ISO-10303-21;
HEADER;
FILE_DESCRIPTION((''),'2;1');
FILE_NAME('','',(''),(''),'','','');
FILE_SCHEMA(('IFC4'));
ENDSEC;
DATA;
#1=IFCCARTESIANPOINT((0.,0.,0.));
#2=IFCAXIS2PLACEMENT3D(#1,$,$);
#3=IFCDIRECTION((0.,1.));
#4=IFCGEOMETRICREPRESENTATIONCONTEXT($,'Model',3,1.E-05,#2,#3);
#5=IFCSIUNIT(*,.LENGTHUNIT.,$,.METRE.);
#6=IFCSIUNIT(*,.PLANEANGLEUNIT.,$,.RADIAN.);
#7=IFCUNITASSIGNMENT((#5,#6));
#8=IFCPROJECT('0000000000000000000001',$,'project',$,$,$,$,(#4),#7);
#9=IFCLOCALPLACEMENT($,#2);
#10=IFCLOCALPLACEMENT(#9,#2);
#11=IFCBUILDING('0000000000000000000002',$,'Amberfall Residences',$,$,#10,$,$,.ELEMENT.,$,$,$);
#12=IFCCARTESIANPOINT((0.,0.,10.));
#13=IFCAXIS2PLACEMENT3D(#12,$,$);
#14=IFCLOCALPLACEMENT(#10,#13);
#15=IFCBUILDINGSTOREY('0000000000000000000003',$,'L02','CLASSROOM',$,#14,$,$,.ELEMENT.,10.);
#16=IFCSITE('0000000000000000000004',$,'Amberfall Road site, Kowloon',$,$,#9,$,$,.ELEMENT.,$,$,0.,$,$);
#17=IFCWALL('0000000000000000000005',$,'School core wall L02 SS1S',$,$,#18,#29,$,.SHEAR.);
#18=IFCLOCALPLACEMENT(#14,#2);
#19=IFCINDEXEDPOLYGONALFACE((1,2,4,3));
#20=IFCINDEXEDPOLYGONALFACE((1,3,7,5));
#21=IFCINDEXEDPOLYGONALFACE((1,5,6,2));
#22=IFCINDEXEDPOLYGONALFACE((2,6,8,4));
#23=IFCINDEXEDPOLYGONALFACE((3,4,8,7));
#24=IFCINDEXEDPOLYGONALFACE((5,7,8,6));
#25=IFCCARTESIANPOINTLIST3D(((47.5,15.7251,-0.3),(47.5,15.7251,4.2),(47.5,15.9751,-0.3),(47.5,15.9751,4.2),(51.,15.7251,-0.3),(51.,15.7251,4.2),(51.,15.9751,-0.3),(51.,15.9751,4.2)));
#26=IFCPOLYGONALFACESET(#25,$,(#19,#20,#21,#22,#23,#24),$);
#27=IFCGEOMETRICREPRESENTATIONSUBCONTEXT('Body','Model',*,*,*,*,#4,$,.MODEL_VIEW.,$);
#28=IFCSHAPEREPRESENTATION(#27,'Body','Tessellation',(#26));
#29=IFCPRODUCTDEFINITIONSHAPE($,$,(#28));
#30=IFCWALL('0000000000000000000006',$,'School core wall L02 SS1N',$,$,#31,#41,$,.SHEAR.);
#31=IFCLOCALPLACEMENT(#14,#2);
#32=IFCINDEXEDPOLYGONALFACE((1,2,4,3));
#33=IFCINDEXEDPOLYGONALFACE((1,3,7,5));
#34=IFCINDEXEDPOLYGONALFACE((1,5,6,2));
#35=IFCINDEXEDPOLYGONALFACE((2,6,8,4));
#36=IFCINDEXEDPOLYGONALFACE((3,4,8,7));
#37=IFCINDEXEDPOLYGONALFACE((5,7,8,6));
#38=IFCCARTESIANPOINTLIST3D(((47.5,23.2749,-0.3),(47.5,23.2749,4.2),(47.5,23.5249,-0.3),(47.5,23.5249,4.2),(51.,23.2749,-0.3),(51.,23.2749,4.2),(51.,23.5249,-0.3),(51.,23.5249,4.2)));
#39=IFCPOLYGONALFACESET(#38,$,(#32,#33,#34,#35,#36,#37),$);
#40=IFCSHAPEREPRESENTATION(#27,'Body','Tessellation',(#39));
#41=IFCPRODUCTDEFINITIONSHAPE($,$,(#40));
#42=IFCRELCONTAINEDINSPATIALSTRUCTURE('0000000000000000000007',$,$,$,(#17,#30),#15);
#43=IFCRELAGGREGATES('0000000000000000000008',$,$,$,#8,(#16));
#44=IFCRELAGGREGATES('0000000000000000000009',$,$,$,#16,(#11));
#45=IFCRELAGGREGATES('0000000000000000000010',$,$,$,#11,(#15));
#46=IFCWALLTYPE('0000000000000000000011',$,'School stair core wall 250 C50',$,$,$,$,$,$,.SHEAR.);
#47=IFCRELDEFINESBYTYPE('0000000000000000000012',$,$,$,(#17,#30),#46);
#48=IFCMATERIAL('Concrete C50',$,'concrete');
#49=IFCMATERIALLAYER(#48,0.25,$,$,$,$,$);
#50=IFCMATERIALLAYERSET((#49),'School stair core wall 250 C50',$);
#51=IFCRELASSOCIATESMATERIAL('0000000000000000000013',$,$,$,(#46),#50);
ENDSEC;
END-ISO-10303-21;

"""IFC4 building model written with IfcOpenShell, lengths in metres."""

from ifc_helpers import new_model, si_unit, direction, frame, frame_2d, origin, place, context, subcontext, project, spatial, rectangle, extrude, material, layer, layer_set, type_object, element, save


model = new_model("IFC4")

# Units and contexts
model_context = context("Model", 3, precision=1e-05, world=origin(), true_north=direction((0.0, 1.0)))
body_context = subcontext(model_context, "Body", "Model", "MODEL_VIEW")
ifc_project = project(units=[si_unit("LENGTHUNIT", "METRE"), si_unit("PLANEANGLEUNIT", "RADIAN")], contexts=[model_context])

# Site, building, storey
site_placement = place(None, origin())
site = spatial("IfcSite", under=ifc_project, at=site_placement, Name="Amberfall Road site, Kowloon", CompositionType="ELEMENT", RefElevation=0.0)
building_placement = place(site_placement, origin())
building = spatial("IfcBuilding", under=site, at=building_placement, Name="Amberfall Residences", CompositionType="ELEMENT")
storey_placement = place(building_placement, frame((0.0, 0.0, 10.0)))
storey = spatial("IfcBuildingStorey", under=building, at=storey_placement, Name="L02", Description="CLASSROOM", CompositionType="ELEMENT", Elevation=10.0)

# Shared definitions
ifc_material_1 = material(Name="Concrete C50", Category="concrete")
ifc_layer_1 = layer(ifc_material_1, 0.25)
ifc_layer_set_1 = layer_set([ifc_layer_1], Name="School stair core wall 250 C50")
wall_type_1 = type_object("IfcWallType", Name="School stair core wall 250 C50", PredefinedType="SHEAR", material=ifc_layer_set_1)

# Walls
for number, where, z_axis, x_axis, name in (
    (1, (47.5, 15.8501, -0.3), (0.0, 0.0, 1.0), (1.0, 0.0, 0.0), "School core wall L02 SS1S"),
    (2, (47.5, 23.3999, -0.3), (0.0, 0.0, 1.0), (1.0, 0.0, 0.0), "School core wall L02 SS1N"),
):
    element("IfcWall", number, at=place(storey_placement, frame(where, z_axis=z_axis, x_axis=x_axis)), inside=storey, type_object=wall_type_1, Name=name, PredefinedType="SHEAR", context=body_context, shape_type="SweptSolid", body=[
        extrude(rectangle(XDim=3.5, YDim=0.25, at=frame_2d((1.75, 0.0))), origin(), (0.0, 0.0, 1.0), 4.5),
    ])

save(model, "model.ifc")
